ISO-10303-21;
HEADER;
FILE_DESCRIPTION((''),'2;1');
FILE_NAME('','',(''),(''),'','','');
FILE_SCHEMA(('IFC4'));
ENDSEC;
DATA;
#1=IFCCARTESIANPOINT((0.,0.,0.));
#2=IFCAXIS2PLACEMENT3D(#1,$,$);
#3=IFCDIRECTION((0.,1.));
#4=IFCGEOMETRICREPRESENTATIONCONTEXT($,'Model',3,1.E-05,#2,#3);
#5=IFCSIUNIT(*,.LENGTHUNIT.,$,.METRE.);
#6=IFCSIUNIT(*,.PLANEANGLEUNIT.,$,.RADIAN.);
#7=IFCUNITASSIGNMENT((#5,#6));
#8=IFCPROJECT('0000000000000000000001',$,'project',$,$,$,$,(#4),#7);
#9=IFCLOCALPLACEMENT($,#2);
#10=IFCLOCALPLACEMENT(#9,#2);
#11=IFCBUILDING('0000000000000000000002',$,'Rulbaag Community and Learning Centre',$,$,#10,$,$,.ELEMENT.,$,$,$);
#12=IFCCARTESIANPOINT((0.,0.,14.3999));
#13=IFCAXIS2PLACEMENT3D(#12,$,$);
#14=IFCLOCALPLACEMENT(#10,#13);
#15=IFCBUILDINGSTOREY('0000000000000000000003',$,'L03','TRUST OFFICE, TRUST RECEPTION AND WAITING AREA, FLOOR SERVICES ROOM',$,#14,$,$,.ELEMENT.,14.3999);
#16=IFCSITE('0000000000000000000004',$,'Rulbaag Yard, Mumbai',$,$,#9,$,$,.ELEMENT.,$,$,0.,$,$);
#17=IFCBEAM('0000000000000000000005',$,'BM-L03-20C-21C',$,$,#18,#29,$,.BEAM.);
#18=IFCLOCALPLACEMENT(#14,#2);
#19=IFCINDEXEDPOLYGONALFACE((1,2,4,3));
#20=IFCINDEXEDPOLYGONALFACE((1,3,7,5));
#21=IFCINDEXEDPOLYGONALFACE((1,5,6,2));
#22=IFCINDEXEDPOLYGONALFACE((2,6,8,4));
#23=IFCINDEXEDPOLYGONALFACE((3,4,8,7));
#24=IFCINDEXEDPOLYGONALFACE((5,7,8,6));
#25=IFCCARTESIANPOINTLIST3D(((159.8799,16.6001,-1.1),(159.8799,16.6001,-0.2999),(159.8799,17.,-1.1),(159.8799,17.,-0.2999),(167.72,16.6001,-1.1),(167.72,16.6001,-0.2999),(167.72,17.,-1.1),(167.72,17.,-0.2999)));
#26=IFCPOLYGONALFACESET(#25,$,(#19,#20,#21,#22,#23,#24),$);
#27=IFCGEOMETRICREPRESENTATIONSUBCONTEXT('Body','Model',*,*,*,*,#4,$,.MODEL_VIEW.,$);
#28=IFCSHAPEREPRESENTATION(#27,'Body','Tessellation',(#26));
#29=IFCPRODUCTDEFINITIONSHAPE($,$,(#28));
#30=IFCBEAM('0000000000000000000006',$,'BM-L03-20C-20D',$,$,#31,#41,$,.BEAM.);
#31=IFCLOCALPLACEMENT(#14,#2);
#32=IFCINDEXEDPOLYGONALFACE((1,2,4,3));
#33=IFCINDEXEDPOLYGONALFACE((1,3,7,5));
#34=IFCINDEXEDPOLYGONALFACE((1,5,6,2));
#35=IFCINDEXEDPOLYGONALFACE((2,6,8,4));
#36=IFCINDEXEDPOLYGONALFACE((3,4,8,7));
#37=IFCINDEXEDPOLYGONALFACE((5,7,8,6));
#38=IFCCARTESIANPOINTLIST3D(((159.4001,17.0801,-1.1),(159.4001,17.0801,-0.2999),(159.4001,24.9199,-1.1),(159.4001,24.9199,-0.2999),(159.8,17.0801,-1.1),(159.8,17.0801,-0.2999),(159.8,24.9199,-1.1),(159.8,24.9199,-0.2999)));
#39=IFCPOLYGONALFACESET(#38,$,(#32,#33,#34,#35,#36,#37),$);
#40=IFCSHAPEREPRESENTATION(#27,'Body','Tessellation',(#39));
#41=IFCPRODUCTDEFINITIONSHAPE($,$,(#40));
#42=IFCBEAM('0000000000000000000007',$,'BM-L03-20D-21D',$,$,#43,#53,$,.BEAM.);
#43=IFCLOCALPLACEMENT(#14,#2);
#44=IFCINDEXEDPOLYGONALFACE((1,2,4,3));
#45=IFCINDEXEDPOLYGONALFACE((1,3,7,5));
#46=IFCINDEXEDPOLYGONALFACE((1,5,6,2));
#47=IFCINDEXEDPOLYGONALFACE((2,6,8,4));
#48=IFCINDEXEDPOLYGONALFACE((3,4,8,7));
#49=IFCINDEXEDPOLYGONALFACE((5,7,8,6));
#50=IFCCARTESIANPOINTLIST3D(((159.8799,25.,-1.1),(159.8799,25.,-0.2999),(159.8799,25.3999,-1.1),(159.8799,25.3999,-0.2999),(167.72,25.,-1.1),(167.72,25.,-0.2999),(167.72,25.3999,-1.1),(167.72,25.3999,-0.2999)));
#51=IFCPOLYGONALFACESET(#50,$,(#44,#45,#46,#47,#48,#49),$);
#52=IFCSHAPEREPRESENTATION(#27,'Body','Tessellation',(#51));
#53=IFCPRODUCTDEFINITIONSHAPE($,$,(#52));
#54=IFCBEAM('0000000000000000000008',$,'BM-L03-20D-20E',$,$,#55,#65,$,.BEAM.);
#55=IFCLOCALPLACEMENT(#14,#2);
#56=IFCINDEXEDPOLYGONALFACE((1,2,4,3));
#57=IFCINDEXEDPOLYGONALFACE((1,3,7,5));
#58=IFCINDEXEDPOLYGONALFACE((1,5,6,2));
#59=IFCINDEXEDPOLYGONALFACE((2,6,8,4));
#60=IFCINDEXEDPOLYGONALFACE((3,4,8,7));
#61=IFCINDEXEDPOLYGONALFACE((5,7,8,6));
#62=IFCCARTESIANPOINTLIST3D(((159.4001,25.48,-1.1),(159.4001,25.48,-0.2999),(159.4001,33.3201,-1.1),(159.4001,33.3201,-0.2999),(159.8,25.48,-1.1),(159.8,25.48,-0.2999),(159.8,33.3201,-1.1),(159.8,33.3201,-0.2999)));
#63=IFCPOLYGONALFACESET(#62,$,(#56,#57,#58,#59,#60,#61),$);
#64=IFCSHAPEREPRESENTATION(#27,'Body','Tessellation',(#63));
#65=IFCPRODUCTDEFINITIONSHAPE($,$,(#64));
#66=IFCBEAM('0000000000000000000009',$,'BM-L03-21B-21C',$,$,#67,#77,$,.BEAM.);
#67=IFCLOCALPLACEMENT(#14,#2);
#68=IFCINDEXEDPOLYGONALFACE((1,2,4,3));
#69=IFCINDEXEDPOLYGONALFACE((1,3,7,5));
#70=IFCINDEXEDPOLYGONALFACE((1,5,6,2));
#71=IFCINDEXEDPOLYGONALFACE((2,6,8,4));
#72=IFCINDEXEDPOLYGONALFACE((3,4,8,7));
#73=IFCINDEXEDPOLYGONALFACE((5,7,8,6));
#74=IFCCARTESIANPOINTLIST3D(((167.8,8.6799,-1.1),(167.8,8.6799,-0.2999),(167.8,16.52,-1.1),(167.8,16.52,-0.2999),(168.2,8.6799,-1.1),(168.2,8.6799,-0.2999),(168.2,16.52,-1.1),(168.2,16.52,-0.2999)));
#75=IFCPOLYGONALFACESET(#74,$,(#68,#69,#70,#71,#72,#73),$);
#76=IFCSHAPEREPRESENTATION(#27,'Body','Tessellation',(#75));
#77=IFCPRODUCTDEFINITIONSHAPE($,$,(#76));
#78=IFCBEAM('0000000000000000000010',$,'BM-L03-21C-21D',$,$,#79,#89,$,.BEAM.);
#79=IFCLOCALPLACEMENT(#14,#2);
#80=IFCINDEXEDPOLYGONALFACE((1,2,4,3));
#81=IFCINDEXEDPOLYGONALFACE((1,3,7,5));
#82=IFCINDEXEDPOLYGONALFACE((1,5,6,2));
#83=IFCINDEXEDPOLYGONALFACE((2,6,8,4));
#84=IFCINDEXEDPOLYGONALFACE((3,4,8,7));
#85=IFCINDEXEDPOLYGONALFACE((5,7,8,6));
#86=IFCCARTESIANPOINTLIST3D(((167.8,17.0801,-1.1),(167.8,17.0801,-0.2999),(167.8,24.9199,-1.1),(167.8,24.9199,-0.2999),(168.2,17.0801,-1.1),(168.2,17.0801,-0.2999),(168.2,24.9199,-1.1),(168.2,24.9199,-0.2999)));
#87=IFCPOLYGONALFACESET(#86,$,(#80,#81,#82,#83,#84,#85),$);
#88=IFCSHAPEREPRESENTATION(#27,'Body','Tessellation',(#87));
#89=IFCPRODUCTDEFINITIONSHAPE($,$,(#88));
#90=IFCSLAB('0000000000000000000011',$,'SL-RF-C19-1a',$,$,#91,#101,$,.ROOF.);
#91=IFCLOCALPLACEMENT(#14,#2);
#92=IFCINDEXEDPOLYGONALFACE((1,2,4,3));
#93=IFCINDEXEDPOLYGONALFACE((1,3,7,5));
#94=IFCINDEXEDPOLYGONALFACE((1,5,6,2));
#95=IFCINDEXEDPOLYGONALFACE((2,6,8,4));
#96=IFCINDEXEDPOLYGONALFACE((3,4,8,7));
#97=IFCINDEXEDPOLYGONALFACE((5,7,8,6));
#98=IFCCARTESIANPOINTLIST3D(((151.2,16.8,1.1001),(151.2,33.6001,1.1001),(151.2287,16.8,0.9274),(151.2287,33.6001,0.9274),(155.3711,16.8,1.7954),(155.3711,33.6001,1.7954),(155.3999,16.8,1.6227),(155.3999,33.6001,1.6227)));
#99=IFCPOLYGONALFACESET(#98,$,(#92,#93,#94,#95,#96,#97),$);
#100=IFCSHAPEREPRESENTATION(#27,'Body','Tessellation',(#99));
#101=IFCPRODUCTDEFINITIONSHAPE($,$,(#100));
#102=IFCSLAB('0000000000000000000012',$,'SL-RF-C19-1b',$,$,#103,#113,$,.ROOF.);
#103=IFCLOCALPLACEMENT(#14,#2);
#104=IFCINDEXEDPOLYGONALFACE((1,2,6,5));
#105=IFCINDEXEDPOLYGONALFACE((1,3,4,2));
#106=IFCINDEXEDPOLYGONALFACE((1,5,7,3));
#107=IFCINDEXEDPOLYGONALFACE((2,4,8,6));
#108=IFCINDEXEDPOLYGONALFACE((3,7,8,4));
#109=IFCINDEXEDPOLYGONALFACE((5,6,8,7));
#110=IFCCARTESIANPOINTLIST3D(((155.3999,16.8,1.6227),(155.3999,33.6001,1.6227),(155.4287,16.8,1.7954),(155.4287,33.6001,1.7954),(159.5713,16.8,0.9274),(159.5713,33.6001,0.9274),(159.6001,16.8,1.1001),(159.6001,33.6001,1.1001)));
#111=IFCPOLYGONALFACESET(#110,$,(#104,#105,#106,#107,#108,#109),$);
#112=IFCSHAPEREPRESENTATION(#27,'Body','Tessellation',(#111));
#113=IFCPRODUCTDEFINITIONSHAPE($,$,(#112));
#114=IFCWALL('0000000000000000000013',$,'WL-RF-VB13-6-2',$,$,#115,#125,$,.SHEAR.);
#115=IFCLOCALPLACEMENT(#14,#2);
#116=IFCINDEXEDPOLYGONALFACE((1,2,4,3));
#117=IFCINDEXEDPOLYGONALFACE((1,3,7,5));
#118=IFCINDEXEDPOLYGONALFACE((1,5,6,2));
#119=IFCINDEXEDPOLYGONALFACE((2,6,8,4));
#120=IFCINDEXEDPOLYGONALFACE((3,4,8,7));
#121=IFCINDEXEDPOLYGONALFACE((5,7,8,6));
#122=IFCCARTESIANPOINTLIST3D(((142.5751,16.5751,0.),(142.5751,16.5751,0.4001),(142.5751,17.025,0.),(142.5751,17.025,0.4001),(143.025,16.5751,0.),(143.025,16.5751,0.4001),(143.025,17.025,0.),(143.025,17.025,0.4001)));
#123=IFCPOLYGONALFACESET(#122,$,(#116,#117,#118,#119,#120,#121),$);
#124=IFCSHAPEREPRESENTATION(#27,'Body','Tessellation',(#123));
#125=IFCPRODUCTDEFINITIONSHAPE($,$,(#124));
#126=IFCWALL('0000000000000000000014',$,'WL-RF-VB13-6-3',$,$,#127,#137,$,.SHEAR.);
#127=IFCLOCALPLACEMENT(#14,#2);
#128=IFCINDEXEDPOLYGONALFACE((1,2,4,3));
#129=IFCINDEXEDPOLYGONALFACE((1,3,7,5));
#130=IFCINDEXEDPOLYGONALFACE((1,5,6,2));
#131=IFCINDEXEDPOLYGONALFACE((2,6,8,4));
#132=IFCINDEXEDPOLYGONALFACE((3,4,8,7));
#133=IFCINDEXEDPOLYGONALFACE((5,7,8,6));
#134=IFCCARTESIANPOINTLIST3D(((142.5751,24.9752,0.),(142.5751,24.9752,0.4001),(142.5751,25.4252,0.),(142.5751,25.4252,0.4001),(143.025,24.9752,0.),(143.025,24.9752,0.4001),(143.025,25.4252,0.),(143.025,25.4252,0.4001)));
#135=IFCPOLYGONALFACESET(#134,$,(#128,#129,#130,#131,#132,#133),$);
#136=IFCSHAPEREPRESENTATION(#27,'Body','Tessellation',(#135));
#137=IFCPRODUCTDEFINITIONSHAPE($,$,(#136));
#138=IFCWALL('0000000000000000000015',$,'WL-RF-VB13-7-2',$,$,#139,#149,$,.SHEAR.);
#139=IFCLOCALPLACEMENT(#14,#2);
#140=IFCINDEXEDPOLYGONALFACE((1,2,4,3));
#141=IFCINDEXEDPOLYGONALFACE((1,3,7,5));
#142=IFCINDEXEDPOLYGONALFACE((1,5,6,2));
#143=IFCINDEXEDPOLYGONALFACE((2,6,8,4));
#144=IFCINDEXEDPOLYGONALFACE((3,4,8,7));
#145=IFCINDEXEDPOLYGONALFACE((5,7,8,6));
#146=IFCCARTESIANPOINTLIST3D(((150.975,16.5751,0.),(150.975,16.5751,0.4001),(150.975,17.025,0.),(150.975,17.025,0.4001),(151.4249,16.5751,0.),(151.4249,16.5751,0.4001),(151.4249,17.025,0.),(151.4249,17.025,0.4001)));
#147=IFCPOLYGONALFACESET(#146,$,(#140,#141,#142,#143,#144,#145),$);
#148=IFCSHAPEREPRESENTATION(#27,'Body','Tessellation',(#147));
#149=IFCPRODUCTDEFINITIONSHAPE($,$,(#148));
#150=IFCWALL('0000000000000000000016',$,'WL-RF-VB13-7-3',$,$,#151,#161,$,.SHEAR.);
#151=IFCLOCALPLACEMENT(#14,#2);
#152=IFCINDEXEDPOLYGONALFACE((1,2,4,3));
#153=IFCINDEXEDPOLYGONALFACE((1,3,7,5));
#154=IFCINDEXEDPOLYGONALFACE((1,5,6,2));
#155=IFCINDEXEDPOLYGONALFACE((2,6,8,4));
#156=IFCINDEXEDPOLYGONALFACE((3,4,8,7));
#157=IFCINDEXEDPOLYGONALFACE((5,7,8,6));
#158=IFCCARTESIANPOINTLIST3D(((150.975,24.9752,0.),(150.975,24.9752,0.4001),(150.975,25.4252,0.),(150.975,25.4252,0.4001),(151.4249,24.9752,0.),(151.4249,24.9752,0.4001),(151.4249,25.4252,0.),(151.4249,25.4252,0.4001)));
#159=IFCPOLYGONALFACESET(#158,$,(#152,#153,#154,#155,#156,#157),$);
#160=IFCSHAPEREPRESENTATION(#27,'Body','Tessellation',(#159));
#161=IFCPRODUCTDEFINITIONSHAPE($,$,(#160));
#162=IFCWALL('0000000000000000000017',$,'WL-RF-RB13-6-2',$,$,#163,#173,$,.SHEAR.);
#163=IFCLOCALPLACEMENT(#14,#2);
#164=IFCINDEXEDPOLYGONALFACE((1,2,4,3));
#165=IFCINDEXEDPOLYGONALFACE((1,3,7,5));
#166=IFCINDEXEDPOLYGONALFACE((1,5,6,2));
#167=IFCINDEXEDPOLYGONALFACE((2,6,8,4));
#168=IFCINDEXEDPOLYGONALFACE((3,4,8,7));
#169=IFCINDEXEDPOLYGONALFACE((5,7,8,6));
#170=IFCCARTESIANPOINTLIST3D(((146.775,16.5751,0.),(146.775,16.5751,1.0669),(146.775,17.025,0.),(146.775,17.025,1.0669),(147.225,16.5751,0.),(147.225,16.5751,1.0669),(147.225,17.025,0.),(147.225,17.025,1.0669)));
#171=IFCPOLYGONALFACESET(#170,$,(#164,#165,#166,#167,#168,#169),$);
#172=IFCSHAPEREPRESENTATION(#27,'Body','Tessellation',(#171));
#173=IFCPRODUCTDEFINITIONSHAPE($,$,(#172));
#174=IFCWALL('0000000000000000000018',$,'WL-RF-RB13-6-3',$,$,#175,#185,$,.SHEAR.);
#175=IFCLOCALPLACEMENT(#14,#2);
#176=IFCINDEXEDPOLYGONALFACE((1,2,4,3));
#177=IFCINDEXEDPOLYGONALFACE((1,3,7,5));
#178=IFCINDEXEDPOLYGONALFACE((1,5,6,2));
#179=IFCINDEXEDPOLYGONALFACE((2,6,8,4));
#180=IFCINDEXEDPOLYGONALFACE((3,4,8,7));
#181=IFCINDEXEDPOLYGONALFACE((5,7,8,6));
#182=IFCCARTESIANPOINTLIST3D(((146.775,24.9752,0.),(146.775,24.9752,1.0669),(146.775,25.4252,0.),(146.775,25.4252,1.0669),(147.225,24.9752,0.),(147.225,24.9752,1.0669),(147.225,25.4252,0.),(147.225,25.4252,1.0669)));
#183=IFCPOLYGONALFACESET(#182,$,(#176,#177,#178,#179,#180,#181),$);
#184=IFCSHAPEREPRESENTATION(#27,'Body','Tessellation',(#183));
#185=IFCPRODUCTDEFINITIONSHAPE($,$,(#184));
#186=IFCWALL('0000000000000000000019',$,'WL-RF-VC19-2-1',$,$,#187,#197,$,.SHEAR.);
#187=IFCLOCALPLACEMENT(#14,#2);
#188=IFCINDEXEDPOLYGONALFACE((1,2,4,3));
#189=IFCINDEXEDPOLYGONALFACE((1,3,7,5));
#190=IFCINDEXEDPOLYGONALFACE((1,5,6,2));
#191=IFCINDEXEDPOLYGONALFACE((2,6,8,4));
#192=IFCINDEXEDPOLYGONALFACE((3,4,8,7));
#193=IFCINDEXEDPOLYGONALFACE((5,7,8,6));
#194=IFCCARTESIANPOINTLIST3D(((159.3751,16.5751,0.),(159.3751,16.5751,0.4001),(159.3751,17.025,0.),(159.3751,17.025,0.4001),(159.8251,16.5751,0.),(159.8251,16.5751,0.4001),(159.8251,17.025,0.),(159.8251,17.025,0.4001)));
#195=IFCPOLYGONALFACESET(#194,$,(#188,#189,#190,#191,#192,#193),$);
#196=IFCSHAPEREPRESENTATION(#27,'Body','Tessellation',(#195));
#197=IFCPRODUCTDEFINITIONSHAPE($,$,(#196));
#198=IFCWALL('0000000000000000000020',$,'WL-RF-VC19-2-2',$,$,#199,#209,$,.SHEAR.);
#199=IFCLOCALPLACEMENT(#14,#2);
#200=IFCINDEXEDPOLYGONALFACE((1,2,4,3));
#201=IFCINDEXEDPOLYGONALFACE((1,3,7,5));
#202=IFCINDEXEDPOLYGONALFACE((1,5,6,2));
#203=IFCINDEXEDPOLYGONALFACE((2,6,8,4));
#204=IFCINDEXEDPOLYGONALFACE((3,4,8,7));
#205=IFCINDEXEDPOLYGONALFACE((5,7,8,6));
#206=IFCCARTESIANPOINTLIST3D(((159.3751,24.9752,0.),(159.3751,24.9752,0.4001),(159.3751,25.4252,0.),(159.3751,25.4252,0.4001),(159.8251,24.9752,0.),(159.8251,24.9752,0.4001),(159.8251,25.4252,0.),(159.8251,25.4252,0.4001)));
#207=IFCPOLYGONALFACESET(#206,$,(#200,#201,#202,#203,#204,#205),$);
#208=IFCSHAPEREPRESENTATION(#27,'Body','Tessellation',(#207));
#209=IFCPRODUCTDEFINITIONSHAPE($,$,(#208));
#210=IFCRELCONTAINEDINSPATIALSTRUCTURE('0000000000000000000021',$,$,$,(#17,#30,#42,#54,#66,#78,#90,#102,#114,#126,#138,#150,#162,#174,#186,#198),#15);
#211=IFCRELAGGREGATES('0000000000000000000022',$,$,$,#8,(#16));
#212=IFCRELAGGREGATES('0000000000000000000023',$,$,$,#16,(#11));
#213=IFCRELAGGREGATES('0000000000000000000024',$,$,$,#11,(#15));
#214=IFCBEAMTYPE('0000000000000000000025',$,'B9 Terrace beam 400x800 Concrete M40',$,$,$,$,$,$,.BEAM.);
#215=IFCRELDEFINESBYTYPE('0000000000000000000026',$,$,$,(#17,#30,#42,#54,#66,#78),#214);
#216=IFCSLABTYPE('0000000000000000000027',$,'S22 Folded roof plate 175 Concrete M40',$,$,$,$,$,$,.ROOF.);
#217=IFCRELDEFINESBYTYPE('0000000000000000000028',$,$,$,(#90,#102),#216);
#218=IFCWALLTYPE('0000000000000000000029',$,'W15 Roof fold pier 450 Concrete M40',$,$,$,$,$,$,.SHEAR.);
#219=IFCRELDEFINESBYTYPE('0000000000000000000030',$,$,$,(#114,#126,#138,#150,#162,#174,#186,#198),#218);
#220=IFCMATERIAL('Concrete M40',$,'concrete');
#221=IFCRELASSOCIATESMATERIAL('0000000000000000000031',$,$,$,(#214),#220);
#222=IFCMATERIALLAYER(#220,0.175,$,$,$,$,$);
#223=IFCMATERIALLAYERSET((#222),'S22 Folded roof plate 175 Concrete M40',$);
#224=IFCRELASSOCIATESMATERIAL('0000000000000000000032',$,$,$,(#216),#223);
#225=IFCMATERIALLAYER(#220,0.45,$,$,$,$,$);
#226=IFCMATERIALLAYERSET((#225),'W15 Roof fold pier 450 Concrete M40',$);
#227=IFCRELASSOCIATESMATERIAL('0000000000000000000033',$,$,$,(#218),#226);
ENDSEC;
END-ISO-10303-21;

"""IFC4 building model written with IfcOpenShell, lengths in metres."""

from ifc_helpers import new_model, si_unit, direction, frame, frame_2d, origin, origin_2d, place, context, subcontext, project, spatial, polyline, rectangle, outline, extrude, material, layer, layer_set, material_profile, profile_set, type_object, element, save


model = new_model("IFC4")

# Units and contexts
model_context = context("Model", 3, precision=1e-05, world=origin(), true_north=direction((0.0, 1.0)))
body_context = subcontext(model_context, "Body", "Model", "MODEL_VIEW")
ifc_project = project(units=[si_unit("LENGTHUNIT", "METRE"), si_unit("PLANEANGLEUNIT", "RADIAN")], contexts=[model_context])

# Site, building, storey
site_placement = place(None, origin())
site = spatial("IfcSite", under=ifc_project, at=site_placement, Name="Rulbaag Yard, Mumbai", CompositionType="ELEMENT", RefElevation=0.0)
building_placement = place(site_placement, origin())
building = spatial("IfcBuilding", under=site, at=building_placement, Name="Rulbaag Community and Learning Centre", CompositionType="ELEMENT")
storey_placement = place(building_placement, frame((0.0, 0.0, 14.3999)))
storey = spatial("IfcBuildingStorey", under=building, at=storey_placement, Name="L03", Description="TRUST OFFICE, TRUST RECEPTION AND WAITING AREA, FLOOR SERVICES ROOM", CompositionType="ELEMENT", Elevation=14.3999)

# Beams
ifc_material = material(Name="Concrete M40", Category="concrete")
ifc_material_profile_1 = material_profile(ifc_material, rectangle(XDim=0.3999, YDim=0.8, at=origin_2d()), Name="RB400x800")
ifc_profile_set_1 = profile_set([ifc_material_profile_1], Name="Concrete M40")
beam_type_1 = type_object("IfcBeamType", Name="B9 Terrace beam 400x800 Concrete M40", PredefinedType="BEAM", material=ifc_profile_set_1)
for number, where, z_axis, x_axis, name in (
    (1, (159.8799, 16.8, -0.7), (1.0, 0.0, 0.0), (0.0, 1.0, 0.0), "BM-L03-20C-21C"),
):
    element("IfcBeam", number, at=place(storey_placement, frame(where, z_axis=z_axis, x_axis=x_axis)), inside=storey, type_object=beam_type_1, Name=name, PredefinedType="BEAM", context=body_context, shape_type="SweptSolid", body=[
        extrude(rectangle(XDim=0.3999, YDim=0.8, at=origin_2d()), origin(), (0.0, 0.0, 1.0), 7.8401),
    ])
beam_1_placement = place(storey_placement, frame((159.6001, 17.0801, -0.7), z_axis=(0.0, 1.0, 0.0), x_axis=(-1.0, 0.0, 0.0)))
element("IfcBeam", 2, at=beam_1_placement, inside=storey, type_object=beam_type_1, Name="BM-L03-20C-20D", PredefinedType="BEAM", context=body_context, shape_type="SweptSolid", body=[
    extrude(rectangle(XDim=0.3999, YDim=0.8, at=origin_2d()), origin(), (0.0, 0.0, 1.0), 7.8398),
])
for number, where, z_axis, x_axis, name in (
    (3, (159.8799, 25.2, -0.7), (1.0, 0.0, 0.0), (0.0, 1.0, 0.0), "BM-L03-20D-21D"),
    (4, (159.6001, 25.48, -0.7), (0.0, 1.0, 0.0), (-1.0, 0.0, 0.0), "BM-L03-20D-20E"),
    (5, (168.0, 8.6799, -0.7), (0.0, 1.0, 0.0), (-1.0, 0.0, 0.0), "BM-L03-21B-21C"),
):
    element("IfcBeam", number, at=place(storey_placement, frame(where, z_axis=z_axis, x_axis=x_axis)), inside=storey, type_object=beam_type_1, Name=name, PredefinedType="BEAM", context=body_context, shape_type="SweptSolid", body=[
        extrude(rectangle(XDim=0.3999, YDim=0.8, at=origin_2d()), origin(), (0.0, 0.0, 1.0), 7.8401),
    ])
beam_2_placement = place(storey_placement, frame((168.0, 17.0801, -0.7), z_axis=(0.0, 1.0, 0.0), x_axis=(-1.0, 0.0, 0.0)))
element("IfcBeam", 6, at=beam_2_placement, inside=storey, type_object=beam_type_1, Name="BM-L03-21C-21D", PredefinedType="BEAM", context=body_context, shape_type="SweptSolid", body=[
    extrude(rectangle(XDim=0.3999, YDim=0.8, at=origin_2d()), origin(), (0.0, 0.0, 1.0), 7.8398),
])

# Slabs
ifc_layer_1 = layer(ifc_material, 0.175)
ifc_layer_set_1 = layer_set([ifc_layer_1], Name="S22 Folded roof plate 175 Concrete M40")
slab_type = type_object("IfcSlabType", Name="S22 Folded roof plate 175 Concrete M40", PredefinedType="ROOF", material=ifc_layer_set_1)
slab_1_placement = place(storey_placement, frame((151.2, 16.8, 1.1001), z_axis=(-0.164427, 0.0, 0.986389), x_axis=(0.986389, 0.0, 0.164427)))
element("IfcSlab", 7, at=slab_1_placement, inside=storey, type_object=slab_type, Name="SL-RF-C19-1a", PredefinedType="ROOF", context=body_context, shape_type="SweptSolid", body=[
    extrude(outline(polyline([(0.0, 0.0), (4.2287, 0.0), (4.2287, 16.8), (0.0, 16.8), (0.0, 0.0)])), origin(), (0.0, 0.0, -1.0), 0.175),
])
slab_2_placement = place(storey_placement, frame((155.4287, 16.8, 1.7954), z_axis=(0.164418, 0.0, 0.986391), x_axis=(0.986391, 0.0, -0.164418)))
element("IfcSlab", 8, at=slab_2_placement, inside=storey, type_object=slab_type, Name="SL-RF-C19-1b", PredefinedType="ROOF", context=body_context, shape_type="SweptSolid", body=[
    extrude(outline(polyline([(0.0, 0.0), (4.2289, 0.0), (4.2289, 16.8), (0.0, 16.8), (0.0, 0.0)])), origin(), (0.0, 0.0, -1.0), 0.175),
])

# Walls
ifc_layer_2 = layer(ifc_material, 0.45)
ifc_layer_set_2 = layer_set([ifc_layer_2], Name="W15 Roof fold pier 450 Concrete M40")
wall_type = type_object("IfcWallType", Name="W15 Roof fold pier 450 Concrete M40", PredefinedType="SHEAR", material=ifc_layer_set_2)
for number, where, z_axis, x_axis, name in (
    (9, (142.8, 16.575, 0.0), (0.0, 0.0, 1.0), (0.0, 1.0, 0.0), "WL-RF-VB13-6-2"),
    (10, (142.8, 24.9751, 0.0), (0.0, 0.0, 1.0), (0.0, 1.0, 0.0), "WL-RF-VB13-6-3"),
    (11, (151.2, 16.575, 0.0), (0.0, 0.0, 1.0), (0.0, 1.0, 0.0), "WL-RF-VB13-7-2"),
    (12, (151.2, 24.9751, 0.0), (0.0, 0.0, 1.0), (0.0, 1.0, 0.0), "WL-RF-VB13-7-3"),
):
    element("IfcWall", number, at=place(storey_placement, frame(where, z_axis=z_axis, x_axis=x_axis)), inside=storey, type_object=wall_type, Name=name, PredefinedType="SHEAR", context=body_context, shape_type="SweptSolid", body=[
        extrude(rectangle(XDim=0.45, YDim=0.45, at=frame_2d((0.2251, 0.0))), origin(), (0.0, 0.0, 1.0), 0.4001),
    ])
for number, where, z_axis, x_axis, name in (
    (13, (147.0, 16.575, 0.0), (0.0, 0.0, 1.0), (0.0, 1.0, 0.0), "WL-RF-RB13-6-2"),
    (14, (147.0, 24.9751, 0.0), (0.0, 0.0, 1.0), (0.0, 1.0, 0.0), "WL-RF-RB13-6-3"),
):
    element("IfcWall", number, at=place(storey_placement, frame(where, z_axis=z_axis, x_axis=x_axis)), inside=storey, type_object=wall_type, Name=name, PredefinedType="SHEAR", context=body_context, shape_type="SweptSolid", body=[
        extrude(rectangle(XDim=0.45, YDim=0.45, at=frame_2d((0.2251, 0.0))), origin(), (0.0, 0.0, 1.0), 1.0669),
    ])
for number, where, z_axis, x_axis, name in (
    (15, (159.6001, 16.575, 0.0), (0.0, 0.0, 1.0), (0.0, 1.0, 0.0), "WL-RF-VC19-2-1"),
    (16, (159.6001, 24.9751, 0.0), (0.0, 0.0, 1.0), (0.0, 1.0, 0.0), "WL-RF-VC19-2-2"),
):
    element("IfcWall", number, at=place(storey_placement, frame(where, z_axis=z_axis, x_axis=x_axis)), inside=storey, type_object=wall_type, Name=name, PredefinedType="SHEAR", context=body_context, shape_type="SweptSolid", body=[
        extrude(rectangle(XDim=0.45, YDim=0.45, at=frame_2d((0.2251, 0.0))), origin(), (0.0, 0.0, 1.0), 0.4001),
    ])

save(model, "model.ifc")
